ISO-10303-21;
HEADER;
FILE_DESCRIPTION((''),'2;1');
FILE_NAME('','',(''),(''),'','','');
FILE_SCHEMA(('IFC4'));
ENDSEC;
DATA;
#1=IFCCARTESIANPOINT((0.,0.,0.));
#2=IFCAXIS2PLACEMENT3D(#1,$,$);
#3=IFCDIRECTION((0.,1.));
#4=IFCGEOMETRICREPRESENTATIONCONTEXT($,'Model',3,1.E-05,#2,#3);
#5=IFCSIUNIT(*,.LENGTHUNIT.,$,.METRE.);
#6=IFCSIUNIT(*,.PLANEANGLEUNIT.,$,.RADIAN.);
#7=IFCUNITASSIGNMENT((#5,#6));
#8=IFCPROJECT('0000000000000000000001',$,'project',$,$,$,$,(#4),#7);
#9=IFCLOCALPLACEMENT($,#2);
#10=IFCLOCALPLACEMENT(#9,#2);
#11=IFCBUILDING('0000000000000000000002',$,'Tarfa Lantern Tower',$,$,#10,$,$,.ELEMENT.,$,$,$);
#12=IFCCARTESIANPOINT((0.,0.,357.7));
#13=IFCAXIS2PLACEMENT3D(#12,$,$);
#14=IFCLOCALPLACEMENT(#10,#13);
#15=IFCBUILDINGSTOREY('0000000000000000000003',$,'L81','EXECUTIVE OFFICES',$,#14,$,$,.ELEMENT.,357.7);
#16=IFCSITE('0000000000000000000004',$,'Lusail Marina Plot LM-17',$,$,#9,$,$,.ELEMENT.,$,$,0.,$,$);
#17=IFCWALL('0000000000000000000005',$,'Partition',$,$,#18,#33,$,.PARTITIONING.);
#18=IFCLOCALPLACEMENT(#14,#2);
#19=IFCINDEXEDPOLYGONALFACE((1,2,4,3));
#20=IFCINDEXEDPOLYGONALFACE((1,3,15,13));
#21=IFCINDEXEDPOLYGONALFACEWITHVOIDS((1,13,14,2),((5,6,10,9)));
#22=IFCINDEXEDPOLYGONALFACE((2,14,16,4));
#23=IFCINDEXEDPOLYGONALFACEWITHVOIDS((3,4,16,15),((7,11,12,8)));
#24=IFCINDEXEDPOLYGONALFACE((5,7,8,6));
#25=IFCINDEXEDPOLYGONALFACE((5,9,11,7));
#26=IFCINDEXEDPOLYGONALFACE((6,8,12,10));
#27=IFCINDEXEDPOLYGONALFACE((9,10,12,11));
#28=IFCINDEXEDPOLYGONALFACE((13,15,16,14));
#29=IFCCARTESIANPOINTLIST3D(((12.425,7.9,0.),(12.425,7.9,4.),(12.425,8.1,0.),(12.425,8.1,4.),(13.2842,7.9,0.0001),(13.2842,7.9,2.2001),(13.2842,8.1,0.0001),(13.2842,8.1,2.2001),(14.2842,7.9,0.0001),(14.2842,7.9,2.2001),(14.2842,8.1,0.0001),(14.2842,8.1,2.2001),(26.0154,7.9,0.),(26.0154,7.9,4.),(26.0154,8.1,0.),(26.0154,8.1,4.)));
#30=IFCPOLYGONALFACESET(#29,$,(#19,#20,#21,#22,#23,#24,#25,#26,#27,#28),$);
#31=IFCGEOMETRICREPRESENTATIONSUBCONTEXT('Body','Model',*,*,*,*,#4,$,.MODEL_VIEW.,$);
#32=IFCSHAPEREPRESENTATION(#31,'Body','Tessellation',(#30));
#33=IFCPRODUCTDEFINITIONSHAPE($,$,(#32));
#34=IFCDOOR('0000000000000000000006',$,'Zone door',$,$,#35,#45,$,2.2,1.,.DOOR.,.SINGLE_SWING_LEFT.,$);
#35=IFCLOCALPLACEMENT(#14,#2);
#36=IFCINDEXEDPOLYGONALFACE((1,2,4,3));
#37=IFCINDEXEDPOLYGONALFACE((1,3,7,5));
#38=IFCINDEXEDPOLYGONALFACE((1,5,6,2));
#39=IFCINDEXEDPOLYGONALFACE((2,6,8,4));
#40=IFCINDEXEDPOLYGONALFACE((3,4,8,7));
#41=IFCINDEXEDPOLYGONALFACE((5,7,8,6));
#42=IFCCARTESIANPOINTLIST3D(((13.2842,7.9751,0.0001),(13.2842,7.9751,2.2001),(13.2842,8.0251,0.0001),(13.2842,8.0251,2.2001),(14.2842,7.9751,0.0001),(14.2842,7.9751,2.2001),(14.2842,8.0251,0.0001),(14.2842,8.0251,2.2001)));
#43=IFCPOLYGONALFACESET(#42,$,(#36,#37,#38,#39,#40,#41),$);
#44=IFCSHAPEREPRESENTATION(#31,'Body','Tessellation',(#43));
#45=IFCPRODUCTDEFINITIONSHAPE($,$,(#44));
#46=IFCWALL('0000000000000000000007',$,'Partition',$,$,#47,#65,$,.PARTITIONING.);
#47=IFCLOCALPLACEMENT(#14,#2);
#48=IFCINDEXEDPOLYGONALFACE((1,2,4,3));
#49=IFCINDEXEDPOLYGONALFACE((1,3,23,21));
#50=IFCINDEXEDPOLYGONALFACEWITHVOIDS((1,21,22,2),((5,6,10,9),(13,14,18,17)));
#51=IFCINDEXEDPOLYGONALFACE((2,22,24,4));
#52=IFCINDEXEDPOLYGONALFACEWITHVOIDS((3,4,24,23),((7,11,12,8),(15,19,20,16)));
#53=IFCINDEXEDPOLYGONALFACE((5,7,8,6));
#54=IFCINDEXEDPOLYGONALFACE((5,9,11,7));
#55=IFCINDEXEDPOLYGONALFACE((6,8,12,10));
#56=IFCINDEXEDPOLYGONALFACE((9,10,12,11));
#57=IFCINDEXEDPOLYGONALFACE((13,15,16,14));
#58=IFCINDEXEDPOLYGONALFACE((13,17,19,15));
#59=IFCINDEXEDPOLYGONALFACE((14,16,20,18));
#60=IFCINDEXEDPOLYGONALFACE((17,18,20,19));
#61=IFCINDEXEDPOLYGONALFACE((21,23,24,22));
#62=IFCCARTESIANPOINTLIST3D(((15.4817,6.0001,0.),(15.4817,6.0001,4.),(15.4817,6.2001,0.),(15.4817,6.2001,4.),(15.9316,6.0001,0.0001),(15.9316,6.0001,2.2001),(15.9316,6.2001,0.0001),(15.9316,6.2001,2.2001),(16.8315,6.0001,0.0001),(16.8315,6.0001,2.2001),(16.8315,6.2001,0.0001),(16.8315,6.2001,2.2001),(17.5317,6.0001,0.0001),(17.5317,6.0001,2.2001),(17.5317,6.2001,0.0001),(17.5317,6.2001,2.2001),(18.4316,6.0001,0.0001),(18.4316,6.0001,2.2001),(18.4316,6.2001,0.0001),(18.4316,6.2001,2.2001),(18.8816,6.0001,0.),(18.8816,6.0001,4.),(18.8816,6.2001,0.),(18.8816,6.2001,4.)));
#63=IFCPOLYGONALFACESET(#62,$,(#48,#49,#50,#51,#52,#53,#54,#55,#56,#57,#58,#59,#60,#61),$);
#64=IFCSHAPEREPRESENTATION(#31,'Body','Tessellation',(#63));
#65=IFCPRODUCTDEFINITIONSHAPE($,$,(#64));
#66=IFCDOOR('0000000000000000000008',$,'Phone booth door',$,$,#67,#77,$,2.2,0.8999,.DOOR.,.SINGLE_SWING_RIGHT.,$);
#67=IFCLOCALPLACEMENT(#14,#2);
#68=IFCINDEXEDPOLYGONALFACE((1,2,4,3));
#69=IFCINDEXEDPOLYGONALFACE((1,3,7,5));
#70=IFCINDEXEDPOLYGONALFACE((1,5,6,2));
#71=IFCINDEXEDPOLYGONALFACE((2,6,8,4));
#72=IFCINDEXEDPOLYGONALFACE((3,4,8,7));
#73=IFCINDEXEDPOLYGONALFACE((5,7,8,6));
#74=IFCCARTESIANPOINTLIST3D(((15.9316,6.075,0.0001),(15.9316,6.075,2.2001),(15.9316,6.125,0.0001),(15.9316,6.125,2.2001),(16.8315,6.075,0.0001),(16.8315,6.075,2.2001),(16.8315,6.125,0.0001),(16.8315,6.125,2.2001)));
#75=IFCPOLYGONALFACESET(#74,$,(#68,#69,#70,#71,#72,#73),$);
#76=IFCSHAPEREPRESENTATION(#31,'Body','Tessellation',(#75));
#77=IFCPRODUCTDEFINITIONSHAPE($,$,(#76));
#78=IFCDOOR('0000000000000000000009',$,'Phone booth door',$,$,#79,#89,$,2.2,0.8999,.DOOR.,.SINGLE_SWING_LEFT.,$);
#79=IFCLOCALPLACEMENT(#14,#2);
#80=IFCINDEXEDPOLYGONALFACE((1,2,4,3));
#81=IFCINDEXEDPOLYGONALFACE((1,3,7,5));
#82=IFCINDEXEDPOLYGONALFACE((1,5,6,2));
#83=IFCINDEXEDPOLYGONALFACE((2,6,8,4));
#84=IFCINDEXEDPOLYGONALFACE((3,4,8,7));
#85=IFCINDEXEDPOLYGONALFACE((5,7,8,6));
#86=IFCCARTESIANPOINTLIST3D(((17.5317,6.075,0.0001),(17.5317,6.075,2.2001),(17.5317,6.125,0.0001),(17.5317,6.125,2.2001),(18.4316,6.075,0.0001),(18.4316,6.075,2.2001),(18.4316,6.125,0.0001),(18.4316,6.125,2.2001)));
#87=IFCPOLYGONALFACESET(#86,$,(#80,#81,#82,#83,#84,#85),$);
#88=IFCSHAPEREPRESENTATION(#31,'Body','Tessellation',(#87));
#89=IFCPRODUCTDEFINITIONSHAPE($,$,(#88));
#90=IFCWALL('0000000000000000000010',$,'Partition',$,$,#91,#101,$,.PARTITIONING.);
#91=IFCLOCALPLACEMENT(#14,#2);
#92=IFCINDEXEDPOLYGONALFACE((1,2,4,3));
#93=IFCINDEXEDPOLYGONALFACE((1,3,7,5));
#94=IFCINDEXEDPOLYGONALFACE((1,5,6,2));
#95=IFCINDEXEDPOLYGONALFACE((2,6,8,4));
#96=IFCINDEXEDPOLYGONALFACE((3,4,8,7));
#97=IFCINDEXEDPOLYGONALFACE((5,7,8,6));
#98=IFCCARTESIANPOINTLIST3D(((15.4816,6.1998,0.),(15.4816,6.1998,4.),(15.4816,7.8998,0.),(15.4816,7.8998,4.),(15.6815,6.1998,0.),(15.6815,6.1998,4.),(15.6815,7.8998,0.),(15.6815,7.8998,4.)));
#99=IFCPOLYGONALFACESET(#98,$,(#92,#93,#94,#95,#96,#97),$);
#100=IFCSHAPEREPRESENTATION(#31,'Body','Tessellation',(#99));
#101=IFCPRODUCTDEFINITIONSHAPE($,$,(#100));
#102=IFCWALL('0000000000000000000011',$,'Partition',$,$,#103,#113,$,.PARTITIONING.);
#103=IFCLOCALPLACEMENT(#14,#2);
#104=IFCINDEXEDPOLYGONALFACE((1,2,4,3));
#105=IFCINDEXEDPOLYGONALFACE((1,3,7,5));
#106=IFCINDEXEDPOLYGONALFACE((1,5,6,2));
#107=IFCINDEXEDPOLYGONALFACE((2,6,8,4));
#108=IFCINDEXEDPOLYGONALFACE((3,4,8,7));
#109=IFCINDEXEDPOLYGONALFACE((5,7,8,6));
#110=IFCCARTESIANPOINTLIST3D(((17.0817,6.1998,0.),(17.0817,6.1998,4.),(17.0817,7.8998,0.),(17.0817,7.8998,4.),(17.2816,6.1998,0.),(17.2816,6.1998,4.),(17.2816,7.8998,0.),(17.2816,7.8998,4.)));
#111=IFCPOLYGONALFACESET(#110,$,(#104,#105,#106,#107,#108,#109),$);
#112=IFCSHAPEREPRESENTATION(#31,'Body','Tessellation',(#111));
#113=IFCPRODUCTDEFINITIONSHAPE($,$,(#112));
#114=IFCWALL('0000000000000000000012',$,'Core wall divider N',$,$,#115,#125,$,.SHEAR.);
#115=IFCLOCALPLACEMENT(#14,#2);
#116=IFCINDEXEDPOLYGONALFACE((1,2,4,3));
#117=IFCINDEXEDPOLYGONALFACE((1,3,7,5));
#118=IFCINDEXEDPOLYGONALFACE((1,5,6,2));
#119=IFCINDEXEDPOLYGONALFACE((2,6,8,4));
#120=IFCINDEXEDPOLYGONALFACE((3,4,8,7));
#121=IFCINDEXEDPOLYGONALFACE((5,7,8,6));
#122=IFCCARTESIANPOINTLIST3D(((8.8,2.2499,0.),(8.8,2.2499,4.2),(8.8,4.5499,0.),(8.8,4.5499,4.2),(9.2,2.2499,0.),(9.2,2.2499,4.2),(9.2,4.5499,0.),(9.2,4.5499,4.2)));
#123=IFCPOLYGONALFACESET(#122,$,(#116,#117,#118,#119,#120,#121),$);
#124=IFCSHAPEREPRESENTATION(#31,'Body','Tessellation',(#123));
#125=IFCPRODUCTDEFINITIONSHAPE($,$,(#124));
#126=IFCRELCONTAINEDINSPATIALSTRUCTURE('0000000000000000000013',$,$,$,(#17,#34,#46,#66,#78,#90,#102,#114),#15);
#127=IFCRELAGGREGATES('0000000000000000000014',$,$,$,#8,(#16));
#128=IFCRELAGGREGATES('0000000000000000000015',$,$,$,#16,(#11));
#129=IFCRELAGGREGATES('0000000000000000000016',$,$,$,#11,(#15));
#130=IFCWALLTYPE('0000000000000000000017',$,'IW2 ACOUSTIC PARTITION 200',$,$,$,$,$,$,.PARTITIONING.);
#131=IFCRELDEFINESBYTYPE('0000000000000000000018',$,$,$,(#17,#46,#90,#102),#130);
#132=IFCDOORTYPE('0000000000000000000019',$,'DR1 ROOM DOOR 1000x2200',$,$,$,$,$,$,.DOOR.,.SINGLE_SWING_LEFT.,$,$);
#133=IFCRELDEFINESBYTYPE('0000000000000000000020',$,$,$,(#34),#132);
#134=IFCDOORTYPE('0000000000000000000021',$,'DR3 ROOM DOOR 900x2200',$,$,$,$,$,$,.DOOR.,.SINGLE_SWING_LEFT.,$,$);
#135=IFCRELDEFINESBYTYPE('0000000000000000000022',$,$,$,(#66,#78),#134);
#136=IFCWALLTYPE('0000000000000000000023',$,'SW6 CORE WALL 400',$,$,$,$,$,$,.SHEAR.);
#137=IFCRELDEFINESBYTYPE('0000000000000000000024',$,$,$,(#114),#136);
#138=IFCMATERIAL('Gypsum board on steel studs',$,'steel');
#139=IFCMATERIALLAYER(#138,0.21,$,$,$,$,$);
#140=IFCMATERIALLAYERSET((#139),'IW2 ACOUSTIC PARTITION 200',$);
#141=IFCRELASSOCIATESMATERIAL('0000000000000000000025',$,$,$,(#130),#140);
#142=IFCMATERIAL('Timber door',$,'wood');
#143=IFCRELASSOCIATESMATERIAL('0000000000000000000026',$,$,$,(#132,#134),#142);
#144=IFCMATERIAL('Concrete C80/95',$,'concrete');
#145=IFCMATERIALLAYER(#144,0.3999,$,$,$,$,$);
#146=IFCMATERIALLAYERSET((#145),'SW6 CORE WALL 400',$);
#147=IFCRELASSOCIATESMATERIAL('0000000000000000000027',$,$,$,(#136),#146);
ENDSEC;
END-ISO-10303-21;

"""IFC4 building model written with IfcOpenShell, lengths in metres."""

from ifc_helpers import new_model, si_unit, direction, frame, frame_2d, origin, place, context, subcontext, project, spatial, rectangle, extrude, material, layer, layer_set, type_object, element, fill, save


model = new_model("IFC4")

# Units and contexts
model_context = context("Model", 3, precision=1e-05, world=origin(), true_north=direction((0.0, 1.0)))
body_context = subcontext(model_context, "Body", "Model", "MODEL_VIEW")
ifc_project = project(units=[si_unit("LENGTHUNIT", "METRE"), si_unit("PLANEANGLEUNIT", "RADIAN")], contexts=[model_context])

# Site, building, storey
site_placement = place(None, origin())
site = spatial("IfcSite", under=ifc_project, at=site_placement, Name="Lusail Marina Plot LM-17", CompositionType="ELEMENT", RefElevation=0.0)
building_placement = place(site_placement, origin())
building = spatial("IfcBuilding", under=site, at=building_placement, Name="Tarfa Lantern Tower", CompositionType="ELEMENT")
storey_placement = place(building_placement, frame((0.0, 0.0, 357.7)))
storey = spatial("IfcBuildingStorey", under=building, at=storey_placement, Name="L81", Description="EXECUTIVE OFFICES", CompositionType="ELEMENT", Elevation=357.7)

# Shared definitions
ifc_material_1 = material(Name="Concrete C80/95", Category="concrete")

# Shared definitions
ifc_material_2 = material(Name="Gypsum board on steel studs", Category="steel")
ifc_layer_1 = layer(ifc_material_2, 0.21)
ifc_layer_set_1 = layer_set([ifc_layer_1], Name="IW2 ACOUSTIC PARTITION 200")
wall_type_1 = type_object("IfcWallType", Name="IW2 ACOUSTIC PARTITION 200", PredefinedType="PARTITIONING", material=ifc_layer_set_1)

# Shared definitions
ifc_material_3 = material(Name="Timber door", Category="wood")

# Wall, opening, door
wall_1_placement = place(storey_placement, frame((12.425, 8.0, 0.0), z_axis=(0.0, 0.0, 1.0), x_axis=(1.0, 0.0, 0.0)))
wall_1 = element("IfcWall", 1, at=wall_1_placement, inside=storey, type_object=wall_type_1, Name="Partition", PredefinedType="PARTITIONING", context=body_context, shape_type="SweptSolid", body=[
    extrude(rectangle(XDim=13.5903, YDim=0.2, at=frame_2d((6.7952, 0.0))), origin(), (0.0, 0.0, 1.0), 4.0),
])
opening_1_placement = place(wall_1_placement, frame((0.8591, 0.0, 0.0)))
opening_1 = element("IfcOpeningElement", 2, at=opening_1_placement, cuts=wall_1, PredefinedType="OPENING", context=body_context, shape_type="SweptSolid", body=[
    extrude(rectangle(XDim=1.0, YDim=2.2, at=frame_2d((0.5, 1.1001))), frame((0.0, 0.1099, 0.0), z_axis=(0.0, -1.0, 0.0), x_axis=(1.0, 0.0, 0.0)), (0.0, 0.0, 1.0), 0.22),
])
door_type_1 = type_object("IfcDoorType", Name="DR1 ROOM DOOR 1000x2200", OperationType="SINGLE_SWING_LEFT", PredefinedType="DOOR", material=ifc_material_3)
door_1_placement = place(opening_1_placement, frame((1.0, 0.0, 0.0), z_axis=(0.0, 0.0, 1.0), x_axis=(-1.0, 0.0, 0.0)))
door_1 = element("IfcDoor", 3, at=door_1_placement, inside=storey, type_object=door_type_1, Name="Zone door", OperationType="SINGLE_SWING_LEFT", OverallHeight=2.2, OverallWidth=1.0, PredefinedType="DOOR", context=body_context, shape_type="SweptSolid", body=[
    extrude(rectangle(XDim=1.0, YDim=2.2, at=frame_2d((0.5, 1.1001))), frame((0.0, 0.0249, 0.0), z_axis=(0.0, -1.0, 0.0), x_axis=(1.0, 0.0, 0.0)), (0.0, 0.0, 1.0), 0.05),
])
fill(opening_1, door_1)

# Wall, openings, doors
wall_2_placement = place(storey_placement, frame((15.4817, 6.1001, 0.0), z_axis=(0.0, 0.0, 1.0), x_axis=(1.0, 0.0, 0.0)))
wall_2 = element("IfcWall", 4, at=wall_2_placement, inside=storey, type_object=wall_type_1, Name="Partition", PredefinedType="PARTITIONING", context=body_context, shape_type="SweptSolid", body=[
    extrude(rectangle(XDim=3.3999, YDim=0.2, at=frame_2d((1.7, 0.0))), origin(), (0.0, 0.0, 1.0), 4.0),
])
opening_2_placement = place(wall_2_placement, frame((0.45, 0.0, 0.0)))
opening_2 = element("IfcOpeningElement", 5, at=opening_2_placement, cuts=wall_2, PredefinedType="OPENING", context=body_context, shape_type="SweptSolid", body=[
    extrude(rectangle(XDim=0.8999, YDim=2.2, at=frame_2d((0.45, 1.1001))), frame((0.0, 0.1099, 0.0), z_axis=(0.0, -1.0, 0.0), x_axis=(1.0, 0.0, 0.0)), (0.0, 0.0, 1.0), 0.22),
])
opening_3_placement = place(wall_2_placement, frame((2.05, 0.0, 0.0)))
opening_3 = element("IfcOpeningElement", 6, at=opening_3_placement, cuts=wall_2, PredefinedType="OPENING", context=body_context, shape_type="SweptSolid", body=[
    extrude(rectangle(XDim=0.8999, YDim=2.2, at=frame_2d((0.45, 1.1001))), frame((0.0, 0.1099, 0.0), z_axis=(0.0, -1.0, 0.0), x_axis=(1.0, 0.0, 0.0)), (0.0, 0.0, 1.0), 0.22),
])
door_type_2 = type_object("IfcDoorType", Name="DR3 ROOM DOOR 900x2200", OperationType="SINGLE_SWING_LEFT", PredefinedType="DOOR", material=ifc_material_3)
door_2_placement = place(opening_2_placement, origin())
door_2 = element("IfcDoor", 7, at=door_2_placement, inside=storey, type_object=door_type_2, Name="Phone booth door", OperationType="SINGLE_SWING_RIGHT", OverallHeight=2.2, OverallWidth=0.8999, PredefinedType="DOOR", context=body_context, shape_type="SweptSolid", body=[
    extrude(rectangle(XDim=0.8999, YDim=2.2, at=frame_2d((0.45, 1.1001))), frame((0.0, 0.0249, 0.0), z_axis=(0.0, -1.0, 0.0), x_axis=(1.0, 0.0, 0.0)), (0.0, 0.0, 1.0), 0.05),
])
fill(opening_2, door_2)
door_3_placement = place(opening_3_placement, origin())
door_3 = element("IfcDoor", 8, at=door_3_placement, inside=storey, type_object=door_type_2, Name="Phone booth door", OperationType="SINGLE_SWING_LEFT", OverallHeight=2.2, OverallWidth=0.8999, PredefinedType="DOOR", context=body_context, shape_type="SweptSolid", body=[
    extrude(rectangle(XDim=0.8999, YDim=2.2, at=frame_2d((0.45, 1.1001))), frame((0.0, 0.0249, 0.0), z_axis=(0.0, -1.0, 0.0), x_axis=(1.0, 0.0, 0.0)), (0.0, 0.0, 1.0), 0.05),
])
fill(opening_3, door_3)

# Walls
for number, where, z_axis, x_axis, name in (
    (9, (15.5815, 7.8999, 0.0), (0.0, 0.0, 1.0), (0.0, -1.0, 0.0), "Partition"),
    (10, (17.1816, 7.8999, 0.0), (0.0, 0.0, 1.0), (0.0, -1.0, 0.0), "Partition"),
):
    element("IfcWall", number, at=place(storey_placement, frame(where, z_axis=z_axis, x_axis=x_axis)), inside=storey, type_object=wall_type_1, Name=name, PredefinedType="PARTITIONING", context=body_context, shape_type="SweptSolid", body=[
        extrude(rectangle(XDim=1.7, YDim=0.2, at=frame_2d((0.8501, 0.0))), origin(), (0.0, 0.0, 1.0), 4.0),
    ])
ifc_layer_2 = layer(ifc_material_1, 0.3999)
ifc_layer_set_2 = layer_set([ifc_layer_2], Name="SW6 CORE WALL 400")
wall_type_2 = type_object("IfcWallType", Name="SW6 CORE WALL 400", PredefinedType="SHEAR", material=ifc_layer_set_2)
wall_3_placement = place(storey_placement, frame((9.0, 2.25, 0.0), z_axis=(0.0, 0.0, 1.0), x_axis=(0.0, 1.0, 0.0)))
element("IfcWall", 11, at=wall_3_placement, inside=storey, type_object=wall_type_2, Name="Core wall divider N", PredefinedType="SHEAR", context=body_context, shape_type="SweptSolid", body=[
    extrude(rectangle(XDim=2.3, YDim=0.3999, at=frame_2d((1.1499, 0.0))), origin(), (0.0, 0.0, 1.0), 4.2),
])

save(model, "model.ifc")
